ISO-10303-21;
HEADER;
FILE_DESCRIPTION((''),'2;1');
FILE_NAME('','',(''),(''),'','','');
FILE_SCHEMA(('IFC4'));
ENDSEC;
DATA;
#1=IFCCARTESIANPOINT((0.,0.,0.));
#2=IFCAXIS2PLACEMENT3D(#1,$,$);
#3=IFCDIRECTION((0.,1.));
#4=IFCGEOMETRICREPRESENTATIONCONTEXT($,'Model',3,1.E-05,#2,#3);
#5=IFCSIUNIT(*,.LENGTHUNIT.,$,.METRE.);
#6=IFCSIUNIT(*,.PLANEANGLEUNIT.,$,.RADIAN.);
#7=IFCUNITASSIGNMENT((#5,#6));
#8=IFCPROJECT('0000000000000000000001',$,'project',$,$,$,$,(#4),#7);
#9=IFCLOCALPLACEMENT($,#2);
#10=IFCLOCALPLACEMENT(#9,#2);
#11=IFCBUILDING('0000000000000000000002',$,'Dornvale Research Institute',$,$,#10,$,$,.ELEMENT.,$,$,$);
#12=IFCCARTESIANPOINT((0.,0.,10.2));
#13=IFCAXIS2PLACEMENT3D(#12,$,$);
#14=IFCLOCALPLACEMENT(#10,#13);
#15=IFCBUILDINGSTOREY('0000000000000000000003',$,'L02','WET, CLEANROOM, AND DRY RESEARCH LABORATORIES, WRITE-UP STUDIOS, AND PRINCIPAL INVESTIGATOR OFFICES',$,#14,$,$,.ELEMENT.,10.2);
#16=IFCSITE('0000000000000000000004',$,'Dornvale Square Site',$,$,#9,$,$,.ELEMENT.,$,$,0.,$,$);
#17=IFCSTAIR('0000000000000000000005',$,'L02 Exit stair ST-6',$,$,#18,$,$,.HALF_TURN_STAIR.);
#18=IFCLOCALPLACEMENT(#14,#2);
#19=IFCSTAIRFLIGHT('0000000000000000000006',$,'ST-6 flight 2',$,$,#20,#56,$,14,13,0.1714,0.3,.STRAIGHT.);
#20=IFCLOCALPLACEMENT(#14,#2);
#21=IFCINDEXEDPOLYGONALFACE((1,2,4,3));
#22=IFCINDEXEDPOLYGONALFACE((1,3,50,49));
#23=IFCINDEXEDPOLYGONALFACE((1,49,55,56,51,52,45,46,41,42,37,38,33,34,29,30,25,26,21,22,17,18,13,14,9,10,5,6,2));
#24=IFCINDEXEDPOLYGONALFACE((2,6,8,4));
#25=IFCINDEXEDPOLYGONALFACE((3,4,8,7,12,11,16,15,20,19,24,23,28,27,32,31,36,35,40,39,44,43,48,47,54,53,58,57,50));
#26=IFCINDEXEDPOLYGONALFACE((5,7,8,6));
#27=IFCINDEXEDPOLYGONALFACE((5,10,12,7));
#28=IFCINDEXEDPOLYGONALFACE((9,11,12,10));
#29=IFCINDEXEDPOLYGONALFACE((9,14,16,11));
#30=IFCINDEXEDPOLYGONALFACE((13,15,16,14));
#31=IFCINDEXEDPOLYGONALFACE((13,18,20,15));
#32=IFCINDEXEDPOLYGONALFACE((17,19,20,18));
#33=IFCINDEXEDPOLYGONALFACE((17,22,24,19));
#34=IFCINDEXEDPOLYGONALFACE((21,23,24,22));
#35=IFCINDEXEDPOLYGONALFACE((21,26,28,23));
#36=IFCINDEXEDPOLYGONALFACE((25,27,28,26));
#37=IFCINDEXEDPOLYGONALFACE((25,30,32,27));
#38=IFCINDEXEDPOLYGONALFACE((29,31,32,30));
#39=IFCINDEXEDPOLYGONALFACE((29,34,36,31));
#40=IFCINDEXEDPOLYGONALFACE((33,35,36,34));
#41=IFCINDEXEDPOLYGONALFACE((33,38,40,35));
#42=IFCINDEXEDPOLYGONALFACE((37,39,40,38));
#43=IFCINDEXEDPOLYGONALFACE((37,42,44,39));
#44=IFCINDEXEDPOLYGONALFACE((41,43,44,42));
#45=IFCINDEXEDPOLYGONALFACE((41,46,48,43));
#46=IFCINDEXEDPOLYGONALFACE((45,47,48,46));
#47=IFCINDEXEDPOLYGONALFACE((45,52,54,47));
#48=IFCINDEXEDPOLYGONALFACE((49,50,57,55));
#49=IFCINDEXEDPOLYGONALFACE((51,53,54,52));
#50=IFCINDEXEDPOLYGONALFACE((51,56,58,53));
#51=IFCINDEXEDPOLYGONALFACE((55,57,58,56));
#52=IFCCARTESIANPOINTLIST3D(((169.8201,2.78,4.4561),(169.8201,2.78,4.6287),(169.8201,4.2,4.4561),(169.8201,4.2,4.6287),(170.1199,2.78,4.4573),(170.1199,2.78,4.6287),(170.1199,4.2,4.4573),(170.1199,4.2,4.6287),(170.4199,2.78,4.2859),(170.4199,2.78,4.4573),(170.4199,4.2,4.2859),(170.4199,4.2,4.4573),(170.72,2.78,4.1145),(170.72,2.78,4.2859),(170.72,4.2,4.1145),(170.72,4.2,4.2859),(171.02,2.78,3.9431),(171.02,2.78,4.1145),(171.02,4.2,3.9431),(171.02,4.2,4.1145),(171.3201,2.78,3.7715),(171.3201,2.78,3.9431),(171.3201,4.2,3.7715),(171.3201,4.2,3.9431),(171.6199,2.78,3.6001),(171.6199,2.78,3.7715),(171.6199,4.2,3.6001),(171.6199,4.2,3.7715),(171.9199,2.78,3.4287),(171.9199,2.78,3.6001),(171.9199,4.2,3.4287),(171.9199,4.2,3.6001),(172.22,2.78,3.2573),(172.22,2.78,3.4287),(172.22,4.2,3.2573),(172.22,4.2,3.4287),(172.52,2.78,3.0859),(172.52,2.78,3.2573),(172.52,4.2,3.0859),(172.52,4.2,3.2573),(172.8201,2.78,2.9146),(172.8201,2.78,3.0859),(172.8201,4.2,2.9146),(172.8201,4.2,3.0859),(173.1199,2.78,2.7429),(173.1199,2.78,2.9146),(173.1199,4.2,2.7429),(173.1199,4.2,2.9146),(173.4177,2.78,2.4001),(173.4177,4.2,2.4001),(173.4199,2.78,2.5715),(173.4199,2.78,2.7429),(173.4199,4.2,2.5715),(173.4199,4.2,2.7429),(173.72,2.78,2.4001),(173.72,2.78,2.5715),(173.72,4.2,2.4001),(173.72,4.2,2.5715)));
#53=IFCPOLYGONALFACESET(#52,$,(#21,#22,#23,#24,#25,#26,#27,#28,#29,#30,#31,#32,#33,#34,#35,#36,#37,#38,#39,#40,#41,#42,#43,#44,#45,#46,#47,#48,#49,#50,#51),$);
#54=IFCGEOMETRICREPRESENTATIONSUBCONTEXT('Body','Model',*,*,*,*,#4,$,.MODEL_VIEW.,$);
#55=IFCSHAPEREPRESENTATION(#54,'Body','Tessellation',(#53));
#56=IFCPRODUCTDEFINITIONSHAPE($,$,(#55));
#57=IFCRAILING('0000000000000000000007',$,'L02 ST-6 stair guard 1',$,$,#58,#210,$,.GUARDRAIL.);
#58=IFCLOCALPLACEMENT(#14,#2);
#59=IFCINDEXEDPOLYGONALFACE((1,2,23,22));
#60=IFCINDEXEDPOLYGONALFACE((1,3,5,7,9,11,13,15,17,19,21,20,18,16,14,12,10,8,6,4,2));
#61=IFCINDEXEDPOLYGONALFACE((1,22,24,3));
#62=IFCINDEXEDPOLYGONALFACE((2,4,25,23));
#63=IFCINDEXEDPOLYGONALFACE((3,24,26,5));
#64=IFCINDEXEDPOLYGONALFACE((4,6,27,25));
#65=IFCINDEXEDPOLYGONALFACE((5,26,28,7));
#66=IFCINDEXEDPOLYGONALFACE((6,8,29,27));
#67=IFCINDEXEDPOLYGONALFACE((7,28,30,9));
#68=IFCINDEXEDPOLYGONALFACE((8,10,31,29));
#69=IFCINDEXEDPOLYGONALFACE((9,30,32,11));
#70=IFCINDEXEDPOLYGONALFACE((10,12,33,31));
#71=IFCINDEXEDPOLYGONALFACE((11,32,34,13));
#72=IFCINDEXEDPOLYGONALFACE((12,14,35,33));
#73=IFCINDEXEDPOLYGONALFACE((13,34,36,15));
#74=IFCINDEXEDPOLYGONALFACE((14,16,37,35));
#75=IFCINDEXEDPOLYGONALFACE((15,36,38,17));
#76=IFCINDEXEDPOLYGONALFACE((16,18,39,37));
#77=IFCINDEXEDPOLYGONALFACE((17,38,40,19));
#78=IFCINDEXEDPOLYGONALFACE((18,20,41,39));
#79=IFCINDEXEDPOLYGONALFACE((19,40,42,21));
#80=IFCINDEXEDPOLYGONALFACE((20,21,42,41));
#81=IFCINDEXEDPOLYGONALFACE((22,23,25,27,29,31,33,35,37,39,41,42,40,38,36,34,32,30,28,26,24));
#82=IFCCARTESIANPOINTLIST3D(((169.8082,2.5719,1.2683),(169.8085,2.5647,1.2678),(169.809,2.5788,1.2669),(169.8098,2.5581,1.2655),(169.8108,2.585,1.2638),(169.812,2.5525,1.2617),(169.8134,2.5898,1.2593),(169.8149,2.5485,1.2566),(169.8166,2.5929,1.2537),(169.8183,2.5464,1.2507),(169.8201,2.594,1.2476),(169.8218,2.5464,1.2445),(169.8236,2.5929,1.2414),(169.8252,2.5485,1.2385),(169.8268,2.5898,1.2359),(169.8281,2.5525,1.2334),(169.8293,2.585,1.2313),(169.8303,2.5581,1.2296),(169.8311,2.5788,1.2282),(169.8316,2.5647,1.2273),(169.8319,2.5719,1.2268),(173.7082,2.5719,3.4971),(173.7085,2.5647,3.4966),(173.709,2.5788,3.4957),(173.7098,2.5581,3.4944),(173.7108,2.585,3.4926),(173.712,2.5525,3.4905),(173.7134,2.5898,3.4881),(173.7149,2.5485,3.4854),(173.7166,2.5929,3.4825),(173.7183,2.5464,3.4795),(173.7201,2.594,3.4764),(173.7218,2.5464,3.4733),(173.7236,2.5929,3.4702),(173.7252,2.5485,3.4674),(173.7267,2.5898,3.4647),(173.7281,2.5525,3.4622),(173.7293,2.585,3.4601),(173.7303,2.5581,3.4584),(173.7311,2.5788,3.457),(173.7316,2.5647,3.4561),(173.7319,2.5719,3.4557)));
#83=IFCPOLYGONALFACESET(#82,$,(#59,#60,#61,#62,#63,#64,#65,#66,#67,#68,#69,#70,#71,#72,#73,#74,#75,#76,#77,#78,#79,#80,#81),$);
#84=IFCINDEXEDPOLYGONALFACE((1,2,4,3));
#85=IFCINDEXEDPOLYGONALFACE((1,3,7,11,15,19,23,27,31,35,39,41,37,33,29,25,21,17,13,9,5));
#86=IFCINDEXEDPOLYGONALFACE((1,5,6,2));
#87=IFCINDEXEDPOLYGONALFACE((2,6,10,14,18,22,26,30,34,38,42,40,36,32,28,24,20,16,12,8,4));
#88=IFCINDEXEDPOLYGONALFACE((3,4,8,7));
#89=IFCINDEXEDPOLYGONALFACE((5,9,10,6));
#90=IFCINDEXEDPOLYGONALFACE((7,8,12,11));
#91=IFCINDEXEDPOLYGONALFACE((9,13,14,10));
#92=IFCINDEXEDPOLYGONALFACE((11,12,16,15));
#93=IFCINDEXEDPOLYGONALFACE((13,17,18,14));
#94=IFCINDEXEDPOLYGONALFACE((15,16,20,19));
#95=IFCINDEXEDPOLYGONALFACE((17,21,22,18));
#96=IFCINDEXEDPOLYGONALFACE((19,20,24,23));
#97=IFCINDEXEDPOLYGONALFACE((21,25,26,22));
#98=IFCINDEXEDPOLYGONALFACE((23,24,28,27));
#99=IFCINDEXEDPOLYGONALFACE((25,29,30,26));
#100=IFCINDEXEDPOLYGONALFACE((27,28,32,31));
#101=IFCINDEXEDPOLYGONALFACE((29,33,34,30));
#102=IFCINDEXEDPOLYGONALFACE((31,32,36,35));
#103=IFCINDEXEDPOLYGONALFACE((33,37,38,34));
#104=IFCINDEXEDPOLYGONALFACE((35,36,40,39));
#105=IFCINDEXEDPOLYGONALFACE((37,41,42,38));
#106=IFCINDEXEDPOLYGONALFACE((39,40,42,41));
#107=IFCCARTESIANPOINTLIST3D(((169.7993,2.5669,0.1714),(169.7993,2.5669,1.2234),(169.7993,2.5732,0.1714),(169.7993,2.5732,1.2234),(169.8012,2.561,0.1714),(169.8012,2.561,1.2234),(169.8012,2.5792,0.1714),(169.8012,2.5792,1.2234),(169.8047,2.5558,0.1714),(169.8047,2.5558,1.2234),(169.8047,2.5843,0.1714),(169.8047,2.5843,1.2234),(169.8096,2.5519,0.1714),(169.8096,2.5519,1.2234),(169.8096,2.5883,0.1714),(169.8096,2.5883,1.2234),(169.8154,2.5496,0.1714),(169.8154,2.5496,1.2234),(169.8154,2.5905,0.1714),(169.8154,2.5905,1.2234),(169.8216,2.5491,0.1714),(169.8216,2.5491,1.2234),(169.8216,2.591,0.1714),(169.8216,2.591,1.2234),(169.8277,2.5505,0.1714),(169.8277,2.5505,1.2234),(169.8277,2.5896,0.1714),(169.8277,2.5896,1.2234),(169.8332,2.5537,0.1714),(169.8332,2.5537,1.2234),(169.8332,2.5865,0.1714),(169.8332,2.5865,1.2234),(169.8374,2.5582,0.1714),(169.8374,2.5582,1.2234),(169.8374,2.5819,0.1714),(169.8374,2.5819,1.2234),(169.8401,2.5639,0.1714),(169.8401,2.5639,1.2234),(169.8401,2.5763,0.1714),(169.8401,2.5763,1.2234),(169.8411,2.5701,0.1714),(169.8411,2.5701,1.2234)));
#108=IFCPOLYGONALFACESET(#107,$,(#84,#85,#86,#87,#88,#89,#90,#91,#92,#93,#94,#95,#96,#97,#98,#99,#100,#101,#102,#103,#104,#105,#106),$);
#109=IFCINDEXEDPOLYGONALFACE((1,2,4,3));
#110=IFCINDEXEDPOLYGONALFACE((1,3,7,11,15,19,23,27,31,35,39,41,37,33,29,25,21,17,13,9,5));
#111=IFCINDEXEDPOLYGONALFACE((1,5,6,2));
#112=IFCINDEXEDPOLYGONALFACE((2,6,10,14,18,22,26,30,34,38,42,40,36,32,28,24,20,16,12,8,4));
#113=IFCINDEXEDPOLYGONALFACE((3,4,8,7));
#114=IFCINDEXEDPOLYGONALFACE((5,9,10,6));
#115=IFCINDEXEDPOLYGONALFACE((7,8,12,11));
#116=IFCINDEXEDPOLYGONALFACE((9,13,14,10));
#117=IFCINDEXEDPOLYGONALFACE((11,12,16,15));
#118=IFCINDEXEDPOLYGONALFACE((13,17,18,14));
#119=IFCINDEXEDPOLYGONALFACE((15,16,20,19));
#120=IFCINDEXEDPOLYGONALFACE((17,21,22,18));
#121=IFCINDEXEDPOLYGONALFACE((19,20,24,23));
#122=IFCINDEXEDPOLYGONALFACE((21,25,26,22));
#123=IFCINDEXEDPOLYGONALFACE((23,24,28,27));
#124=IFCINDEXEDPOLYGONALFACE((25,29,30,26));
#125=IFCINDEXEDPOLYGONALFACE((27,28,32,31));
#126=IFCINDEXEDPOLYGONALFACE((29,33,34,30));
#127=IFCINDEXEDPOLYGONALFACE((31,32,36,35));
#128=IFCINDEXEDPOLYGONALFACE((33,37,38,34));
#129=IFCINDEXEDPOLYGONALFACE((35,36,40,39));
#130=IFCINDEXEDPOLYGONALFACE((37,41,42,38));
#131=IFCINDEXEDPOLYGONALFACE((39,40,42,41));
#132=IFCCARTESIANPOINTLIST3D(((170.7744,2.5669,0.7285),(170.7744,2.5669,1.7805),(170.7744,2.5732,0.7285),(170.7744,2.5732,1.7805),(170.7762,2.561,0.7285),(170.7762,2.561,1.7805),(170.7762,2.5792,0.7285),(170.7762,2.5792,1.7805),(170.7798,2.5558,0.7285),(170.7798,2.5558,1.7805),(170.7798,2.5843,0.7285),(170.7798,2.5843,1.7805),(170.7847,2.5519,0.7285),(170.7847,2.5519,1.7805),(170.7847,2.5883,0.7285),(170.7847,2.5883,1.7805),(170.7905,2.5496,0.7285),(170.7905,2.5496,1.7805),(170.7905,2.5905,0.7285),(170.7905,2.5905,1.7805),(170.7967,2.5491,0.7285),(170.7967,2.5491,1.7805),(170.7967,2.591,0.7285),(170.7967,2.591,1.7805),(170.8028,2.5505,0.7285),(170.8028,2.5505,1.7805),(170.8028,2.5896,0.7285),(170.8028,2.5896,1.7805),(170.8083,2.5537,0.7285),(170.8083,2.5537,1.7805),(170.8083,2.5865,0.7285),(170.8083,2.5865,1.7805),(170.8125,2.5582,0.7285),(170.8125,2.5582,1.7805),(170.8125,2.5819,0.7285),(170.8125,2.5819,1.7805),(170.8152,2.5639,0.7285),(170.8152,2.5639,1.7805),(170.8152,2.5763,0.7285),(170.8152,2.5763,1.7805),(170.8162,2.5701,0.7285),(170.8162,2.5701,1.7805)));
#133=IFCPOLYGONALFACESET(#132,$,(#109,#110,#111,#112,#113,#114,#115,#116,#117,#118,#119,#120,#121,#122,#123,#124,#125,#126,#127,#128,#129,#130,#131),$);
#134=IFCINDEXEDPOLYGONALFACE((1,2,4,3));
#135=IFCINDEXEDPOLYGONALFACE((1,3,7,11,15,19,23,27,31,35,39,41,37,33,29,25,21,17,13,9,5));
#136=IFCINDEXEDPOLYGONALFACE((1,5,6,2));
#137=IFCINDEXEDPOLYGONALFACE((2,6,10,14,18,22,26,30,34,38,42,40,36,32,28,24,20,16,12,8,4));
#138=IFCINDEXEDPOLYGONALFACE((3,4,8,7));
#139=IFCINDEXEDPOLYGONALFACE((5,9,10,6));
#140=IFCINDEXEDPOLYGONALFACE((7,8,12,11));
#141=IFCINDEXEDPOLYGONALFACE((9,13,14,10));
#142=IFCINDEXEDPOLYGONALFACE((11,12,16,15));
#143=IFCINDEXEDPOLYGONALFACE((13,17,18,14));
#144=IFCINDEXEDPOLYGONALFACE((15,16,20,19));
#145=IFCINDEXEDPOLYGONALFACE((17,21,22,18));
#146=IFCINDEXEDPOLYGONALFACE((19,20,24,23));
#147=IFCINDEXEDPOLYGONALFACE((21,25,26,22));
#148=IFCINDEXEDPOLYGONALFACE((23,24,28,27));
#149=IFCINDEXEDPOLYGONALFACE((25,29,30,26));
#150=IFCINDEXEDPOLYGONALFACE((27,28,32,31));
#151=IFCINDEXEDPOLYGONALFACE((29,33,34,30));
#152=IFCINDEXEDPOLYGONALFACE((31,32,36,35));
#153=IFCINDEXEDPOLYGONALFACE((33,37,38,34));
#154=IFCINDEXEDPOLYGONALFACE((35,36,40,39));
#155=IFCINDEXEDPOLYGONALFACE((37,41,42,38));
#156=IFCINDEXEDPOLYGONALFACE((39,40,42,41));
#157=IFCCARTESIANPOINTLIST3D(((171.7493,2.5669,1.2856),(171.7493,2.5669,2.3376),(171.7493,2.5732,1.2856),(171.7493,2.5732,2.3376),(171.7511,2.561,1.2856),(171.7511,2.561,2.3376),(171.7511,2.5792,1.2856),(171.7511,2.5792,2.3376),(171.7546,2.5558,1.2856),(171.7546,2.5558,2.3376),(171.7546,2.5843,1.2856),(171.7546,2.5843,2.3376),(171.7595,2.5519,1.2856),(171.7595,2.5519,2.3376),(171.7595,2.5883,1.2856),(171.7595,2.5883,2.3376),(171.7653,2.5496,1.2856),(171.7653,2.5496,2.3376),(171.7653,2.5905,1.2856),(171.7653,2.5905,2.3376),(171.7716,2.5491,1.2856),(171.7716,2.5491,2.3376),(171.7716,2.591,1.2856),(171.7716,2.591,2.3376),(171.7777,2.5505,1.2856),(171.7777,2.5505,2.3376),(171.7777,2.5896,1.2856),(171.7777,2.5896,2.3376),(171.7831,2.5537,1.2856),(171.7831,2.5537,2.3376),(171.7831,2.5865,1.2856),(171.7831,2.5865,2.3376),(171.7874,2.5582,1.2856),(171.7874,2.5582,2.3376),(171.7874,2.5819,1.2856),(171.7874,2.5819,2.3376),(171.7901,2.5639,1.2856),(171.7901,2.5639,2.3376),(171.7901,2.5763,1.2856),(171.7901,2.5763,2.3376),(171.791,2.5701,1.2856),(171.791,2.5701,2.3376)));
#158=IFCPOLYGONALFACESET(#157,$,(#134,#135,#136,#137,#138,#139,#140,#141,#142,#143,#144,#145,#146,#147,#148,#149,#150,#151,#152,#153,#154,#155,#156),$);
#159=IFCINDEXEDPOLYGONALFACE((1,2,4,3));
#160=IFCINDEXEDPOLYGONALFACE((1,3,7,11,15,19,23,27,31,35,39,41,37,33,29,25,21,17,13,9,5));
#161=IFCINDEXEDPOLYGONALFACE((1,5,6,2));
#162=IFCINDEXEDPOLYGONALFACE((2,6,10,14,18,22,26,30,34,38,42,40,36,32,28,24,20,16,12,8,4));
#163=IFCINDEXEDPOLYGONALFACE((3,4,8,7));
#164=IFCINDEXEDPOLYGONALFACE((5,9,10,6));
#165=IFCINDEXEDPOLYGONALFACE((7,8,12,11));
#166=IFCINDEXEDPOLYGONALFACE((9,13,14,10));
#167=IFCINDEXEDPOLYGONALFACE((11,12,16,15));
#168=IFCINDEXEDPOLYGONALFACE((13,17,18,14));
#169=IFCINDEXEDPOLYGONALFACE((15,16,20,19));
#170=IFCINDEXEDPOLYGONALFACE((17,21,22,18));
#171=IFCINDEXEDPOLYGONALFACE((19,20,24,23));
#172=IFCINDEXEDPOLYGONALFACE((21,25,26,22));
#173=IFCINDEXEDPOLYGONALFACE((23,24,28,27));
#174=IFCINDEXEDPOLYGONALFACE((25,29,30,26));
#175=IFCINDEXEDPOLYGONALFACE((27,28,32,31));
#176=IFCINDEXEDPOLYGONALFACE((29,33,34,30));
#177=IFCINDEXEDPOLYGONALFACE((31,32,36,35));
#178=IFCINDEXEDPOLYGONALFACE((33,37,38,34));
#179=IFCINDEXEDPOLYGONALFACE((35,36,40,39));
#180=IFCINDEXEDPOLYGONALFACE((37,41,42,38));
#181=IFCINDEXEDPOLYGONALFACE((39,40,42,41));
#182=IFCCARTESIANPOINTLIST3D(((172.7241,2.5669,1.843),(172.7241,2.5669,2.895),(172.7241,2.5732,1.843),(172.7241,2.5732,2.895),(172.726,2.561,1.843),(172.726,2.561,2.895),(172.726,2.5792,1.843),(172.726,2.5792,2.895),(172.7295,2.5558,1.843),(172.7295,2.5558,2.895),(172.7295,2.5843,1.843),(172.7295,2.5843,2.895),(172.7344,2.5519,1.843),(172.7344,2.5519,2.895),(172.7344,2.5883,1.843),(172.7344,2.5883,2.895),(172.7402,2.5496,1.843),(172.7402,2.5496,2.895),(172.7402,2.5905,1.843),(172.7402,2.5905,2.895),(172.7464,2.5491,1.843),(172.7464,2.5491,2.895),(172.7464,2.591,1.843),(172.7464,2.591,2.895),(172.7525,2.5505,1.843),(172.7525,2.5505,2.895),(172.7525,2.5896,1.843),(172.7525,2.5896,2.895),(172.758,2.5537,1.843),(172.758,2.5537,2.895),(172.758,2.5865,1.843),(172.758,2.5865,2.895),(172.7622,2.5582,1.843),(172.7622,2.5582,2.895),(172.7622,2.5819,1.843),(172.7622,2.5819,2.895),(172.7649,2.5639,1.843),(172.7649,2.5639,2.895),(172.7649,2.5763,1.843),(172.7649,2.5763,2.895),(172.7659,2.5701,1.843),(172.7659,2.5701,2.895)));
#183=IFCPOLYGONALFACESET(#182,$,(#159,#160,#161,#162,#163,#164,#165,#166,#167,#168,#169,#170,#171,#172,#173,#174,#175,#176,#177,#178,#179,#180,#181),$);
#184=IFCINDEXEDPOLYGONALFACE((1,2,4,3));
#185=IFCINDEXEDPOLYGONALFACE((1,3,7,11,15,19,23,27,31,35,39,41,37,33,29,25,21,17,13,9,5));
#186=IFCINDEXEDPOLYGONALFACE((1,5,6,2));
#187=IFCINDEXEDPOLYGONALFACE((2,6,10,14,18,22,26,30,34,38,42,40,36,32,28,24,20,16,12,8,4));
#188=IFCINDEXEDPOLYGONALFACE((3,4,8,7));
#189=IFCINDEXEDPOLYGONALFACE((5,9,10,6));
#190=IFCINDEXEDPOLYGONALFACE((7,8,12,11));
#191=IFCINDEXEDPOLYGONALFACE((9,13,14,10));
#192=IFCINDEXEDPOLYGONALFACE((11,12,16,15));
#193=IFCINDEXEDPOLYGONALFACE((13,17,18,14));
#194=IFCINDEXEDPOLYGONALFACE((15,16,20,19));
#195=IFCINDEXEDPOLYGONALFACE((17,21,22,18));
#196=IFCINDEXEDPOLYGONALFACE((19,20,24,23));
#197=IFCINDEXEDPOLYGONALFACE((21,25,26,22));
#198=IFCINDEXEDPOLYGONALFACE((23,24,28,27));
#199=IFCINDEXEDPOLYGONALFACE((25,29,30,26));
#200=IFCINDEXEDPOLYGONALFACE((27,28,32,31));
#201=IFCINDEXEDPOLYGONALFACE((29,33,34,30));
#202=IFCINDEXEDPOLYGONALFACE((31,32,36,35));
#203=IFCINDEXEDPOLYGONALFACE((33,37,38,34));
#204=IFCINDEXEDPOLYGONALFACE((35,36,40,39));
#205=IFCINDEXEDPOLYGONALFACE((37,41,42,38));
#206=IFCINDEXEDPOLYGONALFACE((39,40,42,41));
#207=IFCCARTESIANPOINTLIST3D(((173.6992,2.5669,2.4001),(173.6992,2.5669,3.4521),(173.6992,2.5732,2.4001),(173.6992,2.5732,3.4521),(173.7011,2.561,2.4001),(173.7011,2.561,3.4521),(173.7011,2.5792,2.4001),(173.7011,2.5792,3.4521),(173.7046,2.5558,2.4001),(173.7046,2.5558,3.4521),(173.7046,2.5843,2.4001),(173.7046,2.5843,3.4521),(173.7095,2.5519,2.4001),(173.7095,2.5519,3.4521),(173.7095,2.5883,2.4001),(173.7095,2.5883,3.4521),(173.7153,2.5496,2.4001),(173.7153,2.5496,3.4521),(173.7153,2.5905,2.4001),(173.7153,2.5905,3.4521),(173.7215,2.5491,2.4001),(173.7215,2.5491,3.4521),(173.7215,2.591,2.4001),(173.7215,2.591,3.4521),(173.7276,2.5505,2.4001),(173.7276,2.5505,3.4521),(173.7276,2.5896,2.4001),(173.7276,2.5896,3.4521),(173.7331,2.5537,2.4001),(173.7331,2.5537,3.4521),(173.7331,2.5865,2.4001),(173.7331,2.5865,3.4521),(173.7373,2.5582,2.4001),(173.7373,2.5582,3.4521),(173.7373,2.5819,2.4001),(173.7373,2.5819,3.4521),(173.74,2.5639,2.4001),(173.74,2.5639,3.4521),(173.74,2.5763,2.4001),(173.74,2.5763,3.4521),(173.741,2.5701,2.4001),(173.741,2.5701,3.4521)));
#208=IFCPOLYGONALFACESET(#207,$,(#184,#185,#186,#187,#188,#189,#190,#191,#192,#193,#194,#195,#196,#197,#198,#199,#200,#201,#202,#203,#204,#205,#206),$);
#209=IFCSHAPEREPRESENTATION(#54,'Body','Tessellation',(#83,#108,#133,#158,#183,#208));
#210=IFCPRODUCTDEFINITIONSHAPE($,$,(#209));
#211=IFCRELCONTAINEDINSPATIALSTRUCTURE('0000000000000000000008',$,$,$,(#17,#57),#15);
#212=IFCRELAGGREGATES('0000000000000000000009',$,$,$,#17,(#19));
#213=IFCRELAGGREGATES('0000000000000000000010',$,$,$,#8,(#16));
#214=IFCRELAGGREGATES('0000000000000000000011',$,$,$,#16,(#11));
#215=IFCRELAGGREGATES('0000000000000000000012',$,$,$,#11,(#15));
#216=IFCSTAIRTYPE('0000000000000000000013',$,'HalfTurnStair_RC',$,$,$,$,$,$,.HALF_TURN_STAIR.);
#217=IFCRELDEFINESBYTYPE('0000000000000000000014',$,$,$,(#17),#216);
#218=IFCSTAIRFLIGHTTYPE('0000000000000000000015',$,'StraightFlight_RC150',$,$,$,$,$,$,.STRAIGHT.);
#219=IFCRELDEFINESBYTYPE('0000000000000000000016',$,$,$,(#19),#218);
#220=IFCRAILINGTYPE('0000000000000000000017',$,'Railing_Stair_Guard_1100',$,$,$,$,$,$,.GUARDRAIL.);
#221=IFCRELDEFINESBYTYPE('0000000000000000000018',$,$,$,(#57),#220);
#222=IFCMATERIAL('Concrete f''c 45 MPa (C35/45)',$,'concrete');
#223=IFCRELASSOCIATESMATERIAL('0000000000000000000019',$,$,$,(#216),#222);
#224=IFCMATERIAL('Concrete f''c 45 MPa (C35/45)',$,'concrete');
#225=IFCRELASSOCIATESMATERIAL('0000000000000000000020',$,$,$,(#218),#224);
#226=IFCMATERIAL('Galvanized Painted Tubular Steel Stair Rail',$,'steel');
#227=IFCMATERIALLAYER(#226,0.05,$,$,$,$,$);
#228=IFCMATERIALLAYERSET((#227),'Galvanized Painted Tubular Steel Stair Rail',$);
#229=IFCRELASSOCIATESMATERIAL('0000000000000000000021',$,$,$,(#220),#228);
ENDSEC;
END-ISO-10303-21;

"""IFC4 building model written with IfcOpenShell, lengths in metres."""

from ifc_helpers import new_model, si_unit, direction, frame, origin, origin_2d, place, context, subcontext, project, spatial, polyline, circle, outline, extrude, material, layer, layer_set, type_object, element, aggregate, save


model = new_model("IFC4")

# Units and contexts
model_context = context("Model", 3, precision=1e-05, world=origin(), true_north=direction((0.0, 1.0)))
body_context = subcontext(model_context, "Body", "Model", "MODEL_VIEW")
ifc_project = project(units=[si_unit("LENGTHUNIT", "METRE"), si_unit("PLANEANGLEUNIT", "RADIAN")], contexts=[model_context])

# Site, building, storey
site_placement = place(None, origin())
site = spatial("IfcSite", under=ifc_project, at=site_placement, Name="Dornvale Square Site", CompositionType="ELEMENT", RefElevation=0.0)
building_placement = place(site_placement, origin())
building = spatial("IfcBuilding", under=site, at=building_placement, Name="Dornvale Research Institute", CompositionType="ELEMENT")
storey_placement = place(building_placement, frame((0.0, 0.0, 10.2)))
storey = spatial("IfcBuildingStorey", under=building, at=storey_placement, Name="L02", Description="WET, CLEANROOM, AND DRY RESEARCH LABORATORIES, WRITE-UP STUDIOS, AND PRINCIPAL INVESTIGATOR OFFICES", CompositionType="ELEMENT", Elevation=10.2)

# Stair, stair flight
ifc_material_1 = material(Name="Concrete f'c 45 MPa (C35/45)", Category="concrete")
stair_type = type_object("IfcStairType", Name="HalfTurnStair_RC", PredefinedType="HALF_TURN_STAIR", material=ifc_material_1)
stair_placement = place(storey_placement, origin())
stair = element("IfcStair", 1, at=stair_placement, inside=storey, type_object=stair_type, Name="L02 Exit stair ST-6", PredefinedType="HALF_TURN_STAIR")
ifc_material_2 = material(Name="Concrete f'c 45 MPa (C35/45)", Category="concrete")
stair_flight_type = type_object("IfcStairFlightType", Name="StraightFlight_RC150", PredefinedType="STRAIGHT", material=ifc_material_2)
stair_flight_1_placement = place(storey_placement, frame((173.72, 3.49, 2.4001), z_axis=(0.0, 0.0, 1.0), x_axis=(-1.0, 0.0, 0.0)))
stair_flight_1 = element("IfcStairFlight", 2, at=stair_flight_1_placement, type_object=stair_flight_type, Name="ST-6 flight 2", NumberOfRisers=14, NumberOfTreads=13, PredefinedType="STRAIGHT", RiserHeight=0.1714, TreadLength=0.3, context=body_context, shape_type="SweptSolid", body=[
    extrude(outline(polyline([(0.0, 0.0), (0.0, 0.1714), (0.3, 0.1714), (0.3, 0.3428), (0.6001, 0.3428), (0.6001, 0.5144), (0.8999, 0.5144), (0.8999, 0.6858), (1.2, 0.6858), (1.2, 0.8572), (1.5, 0.8572), (1.5, 1.0286), (1.8, 1.0286), (1.8, 1.2), (2.1001, 1.2), (2.1001, 1.3713), (2.3999, 1.3713), (2.3999, 1.543), (2.7, 1.543), (2.7, 1.7144), (3.0, 1.7144), (3.0, 1.8857), (3.3, 1.8857), (3.3, 2.0571), (3.6001, 2.0571), (3.6001, 2.2285), (3.8999, 2.2285), (3.8999, 2.3999), (3.8999, 2.0559), (0.3022, 0.0), (0.0, 0.0)])), frame((0.0, 0.71, 0.0), z_axis=(0.0, -1.0, 0.0), x_axis=(1.0, 0.0, 0.0)), (0.0, 0.0, 1.0), 1.4199),
])
aggregate(stair, [stair_flight_1])

# Railing
ifc_material_3 = material(Name="Galvanized Painted Tubular Steel Stair Rail", Category="steel")
ifc_layer_1 = layer(ifc_material_3, 0.05)
ifc_layer_set_1 = layer_set([ifc_layer_1], Name="Galvanized Painted Tubular Steel Stair Rail")
railing_type_1 = type_object("IfcRailingType", Name="Railing_Stair_Guard_1100", PredefinedType="GUARDRAIL", material=ifc_layer_set_1)
railing_1_placement = place(storey_placement, frame((169.8201, 2.5701, 0.1714)))
element("IfcRailing", 3, at=railing_1_placement, inside=storey, type_object=railing_type_1, Name="L02 ST-6 stair guard 1", PredefinedType="GUARDRAIL", context=body_context, shape_type="SweptSolid", body=[
    extrude(circle(Radius=0.0239, at=origin_2d()), frame((0.0, 0.0, 1.0762), z_axis=(0.86822, 0.0, 0.49618), x_axis=(0.0, 1.0, 0.0)), (0.0, 0.0, 1.0), 4.4919),
    extrude(circle(Radius=0.021, at=origin_2d()), origin(), (0.0, 0.0, 1.0), 1.052),
    extrude(circle(Radius=0.021, at=origin_2d()), frame((0.9751, 0.0, 0.5571)), (0.0, 0.0, 1.0), 1.052),
    extrude(circle(Radius=0.021, at=origin_2d()), frame((1.95, 0.0, 1.1143)), (0.0, 0.0, 1.0), 1.052),
    extrude(circle(Radius=0.021, at=origin_2d()), frame((2.9248, 0.0, 1.6716)), (0.0, 0.0, 1.0), 1.052),
    extrude(circle(Radius=0.021, at=origin_2d()), frame((3.8999, 0.0, 2.2288)), (0.0, 0.0, 1.0), 1.052),
])

save(model, "model.ifc")
